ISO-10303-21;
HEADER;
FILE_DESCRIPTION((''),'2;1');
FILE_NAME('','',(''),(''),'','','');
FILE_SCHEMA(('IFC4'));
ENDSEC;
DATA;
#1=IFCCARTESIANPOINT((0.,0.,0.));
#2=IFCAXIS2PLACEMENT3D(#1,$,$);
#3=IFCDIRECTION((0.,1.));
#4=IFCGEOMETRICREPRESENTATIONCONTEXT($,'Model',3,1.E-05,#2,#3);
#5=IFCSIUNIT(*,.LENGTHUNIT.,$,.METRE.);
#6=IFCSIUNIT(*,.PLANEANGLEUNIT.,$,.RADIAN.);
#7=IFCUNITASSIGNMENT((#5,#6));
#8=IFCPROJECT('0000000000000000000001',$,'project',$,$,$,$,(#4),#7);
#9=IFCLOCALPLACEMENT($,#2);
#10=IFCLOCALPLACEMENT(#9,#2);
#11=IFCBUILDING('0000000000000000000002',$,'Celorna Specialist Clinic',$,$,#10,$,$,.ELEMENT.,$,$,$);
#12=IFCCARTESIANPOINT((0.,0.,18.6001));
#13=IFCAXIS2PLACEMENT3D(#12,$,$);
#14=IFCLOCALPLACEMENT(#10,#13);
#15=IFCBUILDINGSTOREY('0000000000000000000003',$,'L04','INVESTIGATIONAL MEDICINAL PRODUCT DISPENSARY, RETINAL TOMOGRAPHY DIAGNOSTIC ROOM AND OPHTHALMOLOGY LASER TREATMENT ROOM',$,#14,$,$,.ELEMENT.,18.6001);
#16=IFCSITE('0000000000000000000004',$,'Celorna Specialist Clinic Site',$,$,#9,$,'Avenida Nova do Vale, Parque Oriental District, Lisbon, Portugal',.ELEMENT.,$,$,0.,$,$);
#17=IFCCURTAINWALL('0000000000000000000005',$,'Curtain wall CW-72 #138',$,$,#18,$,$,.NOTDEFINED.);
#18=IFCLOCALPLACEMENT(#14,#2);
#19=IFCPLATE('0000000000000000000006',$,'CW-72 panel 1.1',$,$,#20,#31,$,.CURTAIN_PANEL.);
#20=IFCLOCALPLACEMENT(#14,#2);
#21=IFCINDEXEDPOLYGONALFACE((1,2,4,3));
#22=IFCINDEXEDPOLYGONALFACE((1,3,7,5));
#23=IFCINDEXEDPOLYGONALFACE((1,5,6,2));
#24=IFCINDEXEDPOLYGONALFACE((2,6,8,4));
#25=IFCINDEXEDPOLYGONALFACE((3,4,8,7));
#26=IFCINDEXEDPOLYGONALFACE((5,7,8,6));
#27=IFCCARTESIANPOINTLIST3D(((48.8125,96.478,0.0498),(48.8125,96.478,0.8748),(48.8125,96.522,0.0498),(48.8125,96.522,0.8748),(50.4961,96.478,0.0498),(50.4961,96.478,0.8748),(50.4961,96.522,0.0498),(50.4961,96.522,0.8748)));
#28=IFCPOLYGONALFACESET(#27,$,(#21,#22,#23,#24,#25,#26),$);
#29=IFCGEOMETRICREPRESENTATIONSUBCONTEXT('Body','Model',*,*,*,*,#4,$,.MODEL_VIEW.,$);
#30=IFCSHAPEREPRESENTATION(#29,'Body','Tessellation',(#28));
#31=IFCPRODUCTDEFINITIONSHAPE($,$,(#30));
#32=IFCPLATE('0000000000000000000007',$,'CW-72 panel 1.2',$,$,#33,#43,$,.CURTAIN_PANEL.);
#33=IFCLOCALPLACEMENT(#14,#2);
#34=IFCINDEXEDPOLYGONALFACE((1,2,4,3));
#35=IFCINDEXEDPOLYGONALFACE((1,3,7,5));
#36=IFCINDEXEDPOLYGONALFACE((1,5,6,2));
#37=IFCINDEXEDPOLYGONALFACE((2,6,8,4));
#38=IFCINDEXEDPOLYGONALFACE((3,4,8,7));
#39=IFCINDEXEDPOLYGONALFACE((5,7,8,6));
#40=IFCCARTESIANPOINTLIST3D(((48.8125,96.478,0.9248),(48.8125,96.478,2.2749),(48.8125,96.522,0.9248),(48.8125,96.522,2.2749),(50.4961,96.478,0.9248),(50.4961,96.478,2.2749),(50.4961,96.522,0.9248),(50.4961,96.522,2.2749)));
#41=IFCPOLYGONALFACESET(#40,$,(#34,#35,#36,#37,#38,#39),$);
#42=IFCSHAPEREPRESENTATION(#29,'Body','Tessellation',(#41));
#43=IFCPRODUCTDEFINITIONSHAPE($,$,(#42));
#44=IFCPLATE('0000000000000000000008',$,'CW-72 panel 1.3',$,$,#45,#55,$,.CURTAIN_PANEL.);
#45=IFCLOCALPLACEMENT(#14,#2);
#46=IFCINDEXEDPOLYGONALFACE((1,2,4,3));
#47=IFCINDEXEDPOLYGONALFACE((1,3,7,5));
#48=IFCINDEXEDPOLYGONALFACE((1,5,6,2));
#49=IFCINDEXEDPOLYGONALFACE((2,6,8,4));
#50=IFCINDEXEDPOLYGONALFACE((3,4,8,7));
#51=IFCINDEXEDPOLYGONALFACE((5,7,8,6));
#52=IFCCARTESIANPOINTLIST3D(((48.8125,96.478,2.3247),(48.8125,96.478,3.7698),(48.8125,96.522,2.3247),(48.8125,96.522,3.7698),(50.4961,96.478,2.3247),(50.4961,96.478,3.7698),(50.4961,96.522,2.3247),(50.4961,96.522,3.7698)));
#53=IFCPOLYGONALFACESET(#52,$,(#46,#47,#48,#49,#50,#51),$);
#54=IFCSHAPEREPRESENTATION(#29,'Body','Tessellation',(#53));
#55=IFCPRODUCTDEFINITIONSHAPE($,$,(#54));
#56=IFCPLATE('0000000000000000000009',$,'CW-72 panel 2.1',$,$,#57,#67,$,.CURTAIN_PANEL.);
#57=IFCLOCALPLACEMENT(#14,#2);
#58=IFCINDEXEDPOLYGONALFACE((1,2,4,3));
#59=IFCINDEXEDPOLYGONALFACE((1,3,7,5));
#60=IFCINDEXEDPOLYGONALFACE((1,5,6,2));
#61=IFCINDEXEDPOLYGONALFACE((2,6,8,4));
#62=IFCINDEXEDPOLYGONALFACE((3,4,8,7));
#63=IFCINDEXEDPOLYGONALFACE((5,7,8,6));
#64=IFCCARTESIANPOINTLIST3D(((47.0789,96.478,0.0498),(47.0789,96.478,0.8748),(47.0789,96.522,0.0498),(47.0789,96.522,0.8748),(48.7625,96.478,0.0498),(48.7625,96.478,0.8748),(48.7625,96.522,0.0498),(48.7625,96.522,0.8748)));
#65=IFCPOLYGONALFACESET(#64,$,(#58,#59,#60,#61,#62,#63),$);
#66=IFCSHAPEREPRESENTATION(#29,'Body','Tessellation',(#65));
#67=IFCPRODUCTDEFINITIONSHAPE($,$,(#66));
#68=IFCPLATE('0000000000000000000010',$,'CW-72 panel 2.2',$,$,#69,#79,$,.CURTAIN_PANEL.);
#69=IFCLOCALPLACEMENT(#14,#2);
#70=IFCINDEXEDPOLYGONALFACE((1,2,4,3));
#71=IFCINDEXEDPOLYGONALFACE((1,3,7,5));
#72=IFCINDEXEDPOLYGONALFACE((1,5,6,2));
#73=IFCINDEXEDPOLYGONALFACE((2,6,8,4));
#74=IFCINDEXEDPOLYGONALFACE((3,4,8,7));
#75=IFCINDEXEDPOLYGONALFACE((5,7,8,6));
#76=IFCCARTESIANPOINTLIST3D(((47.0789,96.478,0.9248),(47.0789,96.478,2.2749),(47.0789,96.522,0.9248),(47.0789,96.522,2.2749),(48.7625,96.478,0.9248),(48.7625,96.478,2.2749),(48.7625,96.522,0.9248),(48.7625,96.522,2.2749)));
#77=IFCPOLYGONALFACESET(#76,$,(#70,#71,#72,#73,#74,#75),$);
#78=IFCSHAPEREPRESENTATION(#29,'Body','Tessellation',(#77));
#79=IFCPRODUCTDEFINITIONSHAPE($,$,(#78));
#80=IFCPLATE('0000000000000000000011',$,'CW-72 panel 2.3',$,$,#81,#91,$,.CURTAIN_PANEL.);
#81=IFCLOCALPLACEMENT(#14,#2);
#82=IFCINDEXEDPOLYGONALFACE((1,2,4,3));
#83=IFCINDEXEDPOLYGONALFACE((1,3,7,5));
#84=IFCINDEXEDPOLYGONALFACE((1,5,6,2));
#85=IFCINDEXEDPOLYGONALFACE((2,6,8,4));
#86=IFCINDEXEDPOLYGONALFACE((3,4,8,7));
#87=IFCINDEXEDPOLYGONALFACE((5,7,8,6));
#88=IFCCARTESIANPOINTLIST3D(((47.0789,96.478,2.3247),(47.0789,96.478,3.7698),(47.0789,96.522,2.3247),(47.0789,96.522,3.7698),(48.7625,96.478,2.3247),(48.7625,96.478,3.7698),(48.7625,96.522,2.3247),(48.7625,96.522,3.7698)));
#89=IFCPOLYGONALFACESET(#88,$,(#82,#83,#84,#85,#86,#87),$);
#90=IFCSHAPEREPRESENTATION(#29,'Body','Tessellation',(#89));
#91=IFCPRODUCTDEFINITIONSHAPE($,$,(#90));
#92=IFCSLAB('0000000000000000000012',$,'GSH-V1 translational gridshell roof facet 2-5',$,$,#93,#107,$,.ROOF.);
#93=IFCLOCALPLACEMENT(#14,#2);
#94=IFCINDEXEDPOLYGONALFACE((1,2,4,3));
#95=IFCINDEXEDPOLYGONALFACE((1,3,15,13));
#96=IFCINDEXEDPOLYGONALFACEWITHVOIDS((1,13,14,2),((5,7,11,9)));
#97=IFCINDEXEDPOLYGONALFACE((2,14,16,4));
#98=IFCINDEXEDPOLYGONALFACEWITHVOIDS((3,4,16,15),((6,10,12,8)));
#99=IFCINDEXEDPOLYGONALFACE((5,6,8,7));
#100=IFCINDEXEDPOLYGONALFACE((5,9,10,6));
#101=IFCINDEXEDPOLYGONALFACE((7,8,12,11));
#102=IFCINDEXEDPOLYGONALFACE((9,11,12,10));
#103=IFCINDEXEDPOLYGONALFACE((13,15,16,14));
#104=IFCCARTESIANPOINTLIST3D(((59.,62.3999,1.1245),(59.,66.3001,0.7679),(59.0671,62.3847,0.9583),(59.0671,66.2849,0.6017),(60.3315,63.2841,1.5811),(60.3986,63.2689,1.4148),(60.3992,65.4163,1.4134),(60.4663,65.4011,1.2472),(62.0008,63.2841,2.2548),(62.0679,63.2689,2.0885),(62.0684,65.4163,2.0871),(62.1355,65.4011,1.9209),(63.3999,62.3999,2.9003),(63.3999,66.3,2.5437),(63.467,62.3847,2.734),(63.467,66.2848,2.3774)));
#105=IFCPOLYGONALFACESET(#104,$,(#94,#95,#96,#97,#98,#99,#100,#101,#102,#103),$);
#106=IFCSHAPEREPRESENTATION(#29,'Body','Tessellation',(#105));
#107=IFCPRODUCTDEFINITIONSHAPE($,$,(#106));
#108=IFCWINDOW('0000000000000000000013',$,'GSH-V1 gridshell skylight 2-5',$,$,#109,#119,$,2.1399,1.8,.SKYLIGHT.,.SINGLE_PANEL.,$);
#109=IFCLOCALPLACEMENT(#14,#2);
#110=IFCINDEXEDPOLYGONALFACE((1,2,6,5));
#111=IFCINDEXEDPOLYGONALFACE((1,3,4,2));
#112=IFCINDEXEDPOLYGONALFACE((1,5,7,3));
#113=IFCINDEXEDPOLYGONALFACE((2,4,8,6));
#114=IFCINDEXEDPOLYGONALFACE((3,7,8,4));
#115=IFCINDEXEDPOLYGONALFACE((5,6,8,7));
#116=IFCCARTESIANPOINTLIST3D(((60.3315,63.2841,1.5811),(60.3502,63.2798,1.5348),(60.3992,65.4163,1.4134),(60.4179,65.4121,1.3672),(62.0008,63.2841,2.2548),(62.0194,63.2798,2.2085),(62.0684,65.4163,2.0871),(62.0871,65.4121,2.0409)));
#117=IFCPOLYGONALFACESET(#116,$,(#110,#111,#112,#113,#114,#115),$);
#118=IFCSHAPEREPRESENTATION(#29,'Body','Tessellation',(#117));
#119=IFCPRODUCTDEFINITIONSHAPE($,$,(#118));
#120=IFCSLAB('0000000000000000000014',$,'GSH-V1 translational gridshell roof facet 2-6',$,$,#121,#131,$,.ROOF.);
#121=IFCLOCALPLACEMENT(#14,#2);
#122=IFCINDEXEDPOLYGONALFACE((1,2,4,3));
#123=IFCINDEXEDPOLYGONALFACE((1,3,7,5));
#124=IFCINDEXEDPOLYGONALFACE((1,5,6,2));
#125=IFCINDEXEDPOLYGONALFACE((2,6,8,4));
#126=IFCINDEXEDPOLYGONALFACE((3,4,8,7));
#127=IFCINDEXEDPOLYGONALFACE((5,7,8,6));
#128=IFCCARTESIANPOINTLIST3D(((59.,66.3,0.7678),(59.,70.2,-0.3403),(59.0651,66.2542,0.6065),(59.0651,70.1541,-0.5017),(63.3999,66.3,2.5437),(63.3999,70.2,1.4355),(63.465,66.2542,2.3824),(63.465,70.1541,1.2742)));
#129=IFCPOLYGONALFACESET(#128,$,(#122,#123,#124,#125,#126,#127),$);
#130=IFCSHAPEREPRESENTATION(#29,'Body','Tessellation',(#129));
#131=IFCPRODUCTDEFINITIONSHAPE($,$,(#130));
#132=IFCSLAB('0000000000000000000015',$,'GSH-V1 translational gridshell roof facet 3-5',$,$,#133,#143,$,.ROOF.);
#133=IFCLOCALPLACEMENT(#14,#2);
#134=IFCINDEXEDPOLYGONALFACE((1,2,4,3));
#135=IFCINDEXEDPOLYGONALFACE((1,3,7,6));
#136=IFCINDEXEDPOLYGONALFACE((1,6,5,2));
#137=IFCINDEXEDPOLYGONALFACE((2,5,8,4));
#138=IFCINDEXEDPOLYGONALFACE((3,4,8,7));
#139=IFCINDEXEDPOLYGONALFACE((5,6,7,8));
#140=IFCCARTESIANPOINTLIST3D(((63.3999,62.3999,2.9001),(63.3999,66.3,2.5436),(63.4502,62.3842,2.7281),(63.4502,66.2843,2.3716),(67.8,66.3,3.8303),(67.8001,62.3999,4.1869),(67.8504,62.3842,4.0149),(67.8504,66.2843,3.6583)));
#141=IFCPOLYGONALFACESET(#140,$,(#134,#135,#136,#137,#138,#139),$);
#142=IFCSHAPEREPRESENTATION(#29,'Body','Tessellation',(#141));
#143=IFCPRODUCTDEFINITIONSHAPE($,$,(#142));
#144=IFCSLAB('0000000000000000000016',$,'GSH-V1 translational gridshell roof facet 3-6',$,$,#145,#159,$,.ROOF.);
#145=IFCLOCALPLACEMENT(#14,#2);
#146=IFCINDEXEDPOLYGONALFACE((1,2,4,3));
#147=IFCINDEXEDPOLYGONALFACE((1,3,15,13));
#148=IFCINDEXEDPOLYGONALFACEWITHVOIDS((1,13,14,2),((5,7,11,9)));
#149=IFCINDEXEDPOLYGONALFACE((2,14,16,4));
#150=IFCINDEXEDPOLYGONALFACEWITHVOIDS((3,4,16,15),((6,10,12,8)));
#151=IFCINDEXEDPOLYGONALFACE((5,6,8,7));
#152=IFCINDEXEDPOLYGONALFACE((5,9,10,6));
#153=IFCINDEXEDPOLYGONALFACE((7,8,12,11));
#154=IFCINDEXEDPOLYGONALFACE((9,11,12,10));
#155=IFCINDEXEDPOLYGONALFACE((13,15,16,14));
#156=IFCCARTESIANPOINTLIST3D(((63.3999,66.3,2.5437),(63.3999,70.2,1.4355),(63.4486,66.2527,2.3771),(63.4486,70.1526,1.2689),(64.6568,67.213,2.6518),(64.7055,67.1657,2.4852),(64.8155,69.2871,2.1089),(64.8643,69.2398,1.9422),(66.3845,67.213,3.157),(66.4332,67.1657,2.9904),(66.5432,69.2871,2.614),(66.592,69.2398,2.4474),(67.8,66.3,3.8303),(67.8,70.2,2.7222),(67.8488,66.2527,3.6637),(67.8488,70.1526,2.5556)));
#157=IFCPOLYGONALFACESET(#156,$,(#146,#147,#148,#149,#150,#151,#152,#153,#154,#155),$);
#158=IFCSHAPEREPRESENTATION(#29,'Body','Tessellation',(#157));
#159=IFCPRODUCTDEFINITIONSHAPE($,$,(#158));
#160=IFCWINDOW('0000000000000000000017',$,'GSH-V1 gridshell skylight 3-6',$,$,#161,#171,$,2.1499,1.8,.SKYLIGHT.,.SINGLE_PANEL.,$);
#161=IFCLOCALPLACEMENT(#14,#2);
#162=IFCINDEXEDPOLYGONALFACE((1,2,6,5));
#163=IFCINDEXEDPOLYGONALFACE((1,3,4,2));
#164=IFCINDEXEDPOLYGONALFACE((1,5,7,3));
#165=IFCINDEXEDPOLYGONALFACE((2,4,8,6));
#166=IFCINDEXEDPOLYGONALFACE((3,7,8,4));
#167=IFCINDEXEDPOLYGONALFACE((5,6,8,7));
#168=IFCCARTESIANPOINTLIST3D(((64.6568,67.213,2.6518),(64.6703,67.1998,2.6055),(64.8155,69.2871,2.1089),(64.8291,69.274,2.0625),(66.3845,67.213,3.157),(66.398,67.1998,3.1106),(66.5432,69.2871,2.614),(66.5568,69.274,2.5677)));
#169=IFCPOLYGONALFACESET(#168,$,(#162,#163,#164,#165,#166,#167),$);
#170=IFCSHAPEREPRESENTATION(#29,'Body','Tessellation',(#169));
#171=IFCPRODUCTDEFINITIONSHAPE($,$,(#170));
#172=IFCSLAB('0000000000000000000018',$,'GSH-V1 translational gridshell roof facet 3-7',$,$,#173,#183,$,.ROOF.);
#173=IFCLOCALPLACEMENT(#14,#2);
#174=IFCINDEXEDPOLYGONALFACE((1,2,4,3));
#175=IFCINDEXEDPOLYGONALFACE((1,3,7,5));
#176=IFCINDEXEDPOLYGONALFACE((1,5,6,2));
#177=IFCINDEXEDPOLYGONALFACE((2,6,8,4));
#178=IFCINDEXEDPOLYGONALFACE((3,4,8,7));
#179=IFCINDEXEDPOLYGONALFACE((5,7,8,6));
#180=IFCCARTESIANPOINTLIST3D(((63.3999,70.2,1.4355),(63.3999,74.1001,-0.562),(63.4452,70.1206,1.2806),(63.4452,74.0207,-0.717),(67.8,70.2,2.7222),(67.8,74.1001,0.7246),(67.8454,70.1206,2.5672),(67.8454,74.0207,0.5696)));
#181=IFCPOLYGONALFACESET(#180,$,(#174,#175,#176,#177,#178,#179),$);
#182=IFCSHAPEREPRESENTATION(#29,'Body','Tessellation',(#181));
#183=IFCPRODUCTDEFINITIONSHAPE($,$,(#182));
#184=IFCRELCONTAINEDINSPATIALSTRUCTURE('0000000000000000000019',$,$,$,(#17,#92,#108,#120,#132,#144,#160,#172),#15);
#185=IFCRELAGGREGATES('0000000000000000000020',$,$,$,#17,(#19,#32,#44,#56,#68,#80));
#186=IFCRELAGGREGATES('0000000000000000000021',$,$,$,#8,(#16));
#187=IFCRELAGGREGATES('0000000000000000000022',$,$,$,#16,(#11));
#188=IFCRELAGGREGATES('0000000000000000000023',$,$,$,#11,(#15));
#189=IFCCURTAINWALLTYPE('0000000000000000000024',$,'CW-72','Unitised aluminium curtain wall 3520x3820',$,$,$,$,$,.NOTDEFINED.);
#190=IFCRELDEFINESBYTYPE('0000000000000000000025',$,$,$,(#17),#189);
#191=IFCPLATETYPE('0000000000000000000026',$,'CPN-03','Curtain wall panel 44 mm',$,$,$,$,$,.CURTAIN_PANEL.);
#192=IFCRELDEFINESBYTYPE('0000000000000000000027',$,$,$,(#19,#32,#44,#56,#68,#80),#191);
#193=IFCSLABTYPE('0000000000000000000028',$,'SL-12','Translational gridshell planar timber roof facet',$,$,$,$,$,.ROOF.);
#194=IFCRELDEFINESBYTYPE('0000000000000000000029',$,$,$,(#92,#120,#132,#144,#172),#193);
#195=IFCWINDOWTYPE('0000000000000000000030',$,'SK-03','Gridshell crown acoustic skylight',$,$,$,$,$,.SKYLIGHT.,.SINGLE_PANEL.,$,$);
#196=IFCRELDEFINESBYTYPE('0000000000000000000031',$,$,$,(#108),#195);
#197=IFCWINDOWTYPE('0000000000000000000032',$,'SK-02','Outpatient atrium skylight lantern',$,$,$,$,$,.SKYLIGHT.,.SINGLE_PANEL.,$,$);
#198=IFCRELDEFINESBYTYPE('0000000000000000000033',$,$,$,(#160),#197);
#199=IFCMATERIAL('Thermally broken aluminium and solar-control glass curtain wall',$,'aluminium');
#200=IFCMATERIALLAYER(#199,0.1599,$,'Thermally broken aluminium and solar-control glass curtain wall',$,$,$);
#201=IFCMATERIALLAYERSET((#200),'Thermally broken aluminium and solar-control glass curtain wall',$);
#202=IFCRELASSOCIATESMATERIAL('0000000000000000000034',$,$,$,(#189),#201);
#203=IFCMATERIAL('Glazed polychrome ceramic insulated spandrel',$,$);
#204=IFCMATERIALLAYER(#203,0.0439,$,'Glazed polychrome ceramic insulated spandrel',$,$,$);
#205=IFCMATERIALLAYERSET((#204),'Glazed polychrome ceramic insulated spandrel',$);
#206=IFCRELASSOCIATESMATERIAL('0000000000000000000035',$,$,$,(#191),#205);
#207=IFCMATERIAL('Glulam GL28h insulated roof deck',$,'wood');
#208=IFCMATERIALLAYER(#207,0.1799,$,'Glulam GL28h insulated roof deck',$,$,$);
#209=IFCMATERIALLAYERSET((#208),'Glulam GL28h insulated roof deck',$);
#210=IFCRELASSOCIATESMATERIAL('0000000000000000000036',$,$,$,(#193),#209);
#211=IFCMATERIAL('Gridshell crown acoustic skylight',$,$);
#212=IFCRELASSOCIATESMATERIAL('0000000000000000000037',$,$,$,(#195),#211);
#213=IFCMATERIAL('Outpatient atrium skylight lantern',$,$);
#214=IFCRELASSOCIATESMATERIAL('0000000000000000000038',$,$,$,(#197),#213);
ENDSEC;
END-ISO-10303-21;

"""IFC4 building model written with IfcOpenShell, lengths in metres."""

from ifc_helpers import new_model, si_unit, direction, frame, origin, origin_2d, place, context, subcontext, project, spatial, polyline, rectangle, outline, extrude, material, layer, layer_set, type_object, element, fill, aggregate, save


model = new_model("IFC4")

# Units and contexts
model_context = context("Model", 3, precision=1e-05, world=origin(), true_north=direction((0.0, 1.0)))
body_context = subcontext(model_context, "Body", "Model", "MODEL_VIEW")
ifc_project = project(units=[si_unit("LENGTHUNIT", "METRE"), si_unit("PLANEANGLEUNIT", "RADIAN")], contexts=[model_context])

# Site, building, storey
site_placement = place(None, origin())
site = spatial("IfcSite", under=ifc_project, at=site_placement, Name="Celorna Specialist Clinic Site", LongName="Avenida Nova do Vale, Parque Oriental District, Lisbon, Portugal", CompositionType="ELEMENT", RefElevation=0.0)
building_placement = place(site_placement, origin())
building = spatial("IfcBuilding", under=site, at=building_placement, Name="Celorna Specialist Clinic", CompositionType="ELEMENT")
storey_placement = place(building_placement, frame((0.0, 0.0, 18.6001)))
storey = spatial("IfcBuildingStorey", under=building, at=storey_placement, Name="L04", Description="INVESTIGATIONAL MEDICINAL PRODUCT DISPENSARY, RETINAL TOMOGRAPHY DIAGNOSTIC ROOM AND OPHTHALMOLOGY LASER TREATMENT ROOM", CompositionType="ELEMENT", Elevation=18.6001)

# Curtain wall, plates
ifc_material_1 = material(Name="Thermally broken aluminium and solar-control glass curtain wall", Category="aluminium")
ifc_layer_1 = layer(ifc_material_1, 0.1599, Name="Thermally broken aluminium and solar-control glass curtain wall")
ifc_layer_set_1 = layer_set([ifc_layer_1], Name="Thermally broken aluminium and solar-control glass curtain wall")
curtain_wall_type = type_object("IfcCurtainWallType", Name="CW-72", Description="Unitised aluminium curtain wall 3520x3820", PredefinedType="NOTDEFINED", material=ifc_layer_set_1)
curtain_wall_placement = place(storey_placement, origin())
curtain_wall = element("IfcCurtainWall", 1, at=curtain_wall_placement, inside=storey, type_object=curtain_wall_type, Name="Curtain wall CW-72 #138", PredefinedType="NOTDEFINED")
ifc_material_2 = material(Name="Glazed polychrome ceramic insulated spandrel")
ifc_layer_2 = layer(ifc_material_2, 0.0439, Name="Glazed polychrome ceramic insulated spandrel")
ifc_layer_set_2 = layer_set([ifc_layer_2], Name="Glazed polychrome ceramic insulated spandrel")
plate_type = type_object("IfcPlateType", Name="CPN-03", Description="Curtain wall panel 44 mm", PredefinedType="CURTAIN_PANEL", material=ifc_layer_set_2)
plate_1_placement = place(storey_placement, frame((49.6543, 96.5, 0.0498), z_axis=(0.0, 0.0, 1.0), x_axis=(-1.0, 0.0, 0.0)))
plate_1 = element("IfcPlate", 2, at=plate_1_placement, type_object=plate_type, Name="CW-72 panel 1.1", PredefinedType="CURTAIN_PANEL", context=body_context, shape_type="SweptSolid", body=[
    extrude(rectangle(XDim=1.6836, YDim=0.0439, at=origin_2d()), origin(), (0.0, 0.0, 1.0), 0.825),
])
plate_2_placement = place(storey_placement, frame((49.6543, 96.5, 0.9248), z_axis=(0.0, 0.0, 1.0), x_axis=(-1.0, 0.0, 0.0)))
plate_2 = element("IfcPlate", 3, at=plate_2_placement, type_object=plate_type, Name="CW-72 panel 1.2", PredefinedType="CURTAIN_PANEL", context=body_context, shape_type="SweptSolid", body=[
    extrude(rectangle(XDim=1.6836, YDim=0.0439, at=origin_2d()), origin(), (0.0, 0.0, 1.0), 1.3501),
])
plate_3_placement = place(storey_placement, frame((49.6543, 96.5, 2.3247), z_axis=(0.0, 0.0, 1.0), x_axis=(-1.0, 0.0, 0.0)))
plate_3 = element("IfcPlate", 4, at=plate_3_placement, type_object=plate_type, Name="CW-72 panel 1.3", PredefinedType="CURTAIN_PANEL", context=body_context, shape_type="SweptSolid", body=[
    extrude(rectangle(XDim=1.6836, YDim=0.0439, at=origin_2d()), origin(), (0.0, 0.0, 1.0), 1.4451),
])
plate_4_placement = place(storey_placement, frame((47.9207, 96.5, 0.0498), z_axis=(0.0, 0.0, 1.0), x_axis=(-1.0, 0.0, 0.0)))
plate_4 = element("IfcPlate", 5, at=plate_4_placement, type_object=plate_type, Name="CW-72 panel 2.1", PredefinedType="CURTAIN_PANEL", context=body_context, shape_type="SweptSolid", body=[
    extrude(rectangle(XDim=1.6836, YDim=0.0439, at=origin_2d()), origin(), (0.0, 0.0, 1.0), 0.825),
])
plate_5_placement = place(storey_placement, frame((47.9207, 96.5, 0.9248), z_axis=(0.0, 0.0, 1.0), x_axis=(-1.0, 0.0, 0.0)))
plate_5 = element("IfcPlate", 6, at=plate_5_placement, type_object=plate_type, Name="CW-72 panel 2.2", PredefinedType="CURTAIN_PANEL", context=body_context, shape_type="SweptSolid", body=[
    extrude(rectangle(XDim=1.6836, YDim=0.0439, at=origin_2d()), origin(), (0.0, 0.0, 1.0), 1.3501),
])
plate_6_placement = place(storey_placement, frame((47.9207, 96.5, 2.3247), z_axis=(0.0, 0.0, 1.0), x_axis=(-1.0, 0.0, 0.0)))
plate_6 = element("IfcPlate", 7, at=plate_6_placement, type_object=plate_type, Name="CW-72 panel 2.3", PredefinedType="CURTAIN_PANEL", context=body_context, shape_type="SweptSolid", body=[
    extrude(rectangle(XDim=1.6836, YDim=0.0439, at=origin_2d()), origin(), (0.0, 0.0, 1.0), 1.4451),
])
aggregate(curtain_wall, [plate_1, plate_2, plate_3, plate_4, plate_5, plate_6])

# Slab, opening, window
ifc_material_3 = material(Name="Glulam GL28h insulated roof deck", Category="wood")
ifc_layer_3 = layer(ifc_material_3, 0.1799, Name="Glulam GL28h insulated roof deck")
ifc_layer_set_3 = layer_set([ifc_layer_3], Name="Glulam GL28h insulated roof deck")
slab_type = type_object("IfcSlabType", Name="SL-12", Description="Translational gridshell planar timber roof facet", PredefinedType="ROOF", material=ifc_layer_set_3)
slab_1_placement = place(storey_placement, frame((59.0, 62.3999, 1.1245), z_axis=(-0.372921, 0.084477, 0.92401), x_axis=(0.927324, 0.000002, 0.374259)))
slab_1 = element("IfcSlab", 8, at=slab_1_placement, inside=storey, type_object=slab_type, Name="GSH-V1 translational gridshell roof facet 2-5", PredefinedType="ROOF", context=body_context, shape_type="SweptSolid", body=[
    extrude(outline(polyline([(0.0, 0.0), (4.7447, 0.0), (4.6113, 3.9141), (-0.1335, 3.9141), (0.0, 0.0)])), origin(), (0.0, 0.0, -1.0), 0.1799),
])
opening_1_placement = place(slab_1_placement, frame((2.3057, 1.9573, 0.01)))
opening_1 = element("IfcOpeningElement", 9, at=opening_1_placement, cuts=slab_1, PredefinedType="OPENING", context=body_context, shape_type="SweptSolid", body=[
    extrude(rectangle(XDim=1.8, YDim=2.1399, at=origin_2d()), origin(), (0.0, 0.0, -1.0), 0.2),
])
ifc_material_4 = material(Name="Gridshell crown acoustic skylight")
window_type_1 = type_object("IfcWindowType", Name="SK-03", Description="Gridshell crown acoustic skylight", PartitioningType="SINGLE_PANEL", PredefinedType="SKYLIGHT", material=ifc_material_4)
window_1_placement = place(opening_1_placement, frame((0.0, 0.0, -0.01)))
window_1 = element("IfcWindow", 10, at=window_1_placement, inside=storey, type_object=window_type_1, Name="GSH-V1 gridshell skylight 2-5", OverallHeight=2.1399, OverallWidth=1.8, PartitioningType="SINGLE_PANEL", PredefinedType="SKYLIGHT", context=body_context, shape_type="SweptSolid", body=[
    extrude(rectangle(XDim=1.8, YDim=2.1399, at=origin_2d()), origin(), (0.0, 0.0, -1.0), 0.05),
])
fill(opening_1, window_1)

# Slabs
slab_2_placement = place(storey_placement, frame((59.0, 66.3, 0.7678), z_axis=(-0.361927, 0.254799, 0.896708), x_axis=(0.927315, 0.0, 0.374281)))
element("IfcSlab", 11, at=slab_2_placement, inside=storey, type_object=slab_type, Name="GSH-V1 translational gridshell roof facet 2-6", PredefinedType="ROOF", context=body_context, shape_type="SweptSolid", body=[
    extrude(outline(polyline([(0.0, 0.0), (4.7448, 0.0), (4.33, 4.033), (-0.4148, 4.033), (0.0, 0.0)])), origin(), (0.0, 0.0, -1.0), 0.1799),
])
slab_3_placement = place(storey_placement, frame((63.3999, 62.3999, 2.9001), z_axis=(-0.279602, 0.087413, 0.956128), x_axis=(0.959802, -0.000002, 0.280677)))
element("IfcSlab", 12, at=slab_3_placement, inside=storey, type_object=slab_type, Name="GSH-V1 translational gridshell roof facet 3-5", PredefinedType="ROOF", context=body_context, shape_type="SweptSolid", body=[
    extrude(outline(polyline([(0.0, 0.0), (4.5845, 0.0), (4.4843, 3.9151), (-0.1001, 3.9151), (0.0, 0.0)])), origin(), (0.0, 0.0, -1.0), 0.1799),
])

# Slab, opening, window
slab_4_placement = place(storey_placement, frame((63.3999, 66.3, 2.5437), z_axis=(-0.270763, 0.263119, 0.925989), x_axis=(0.95981, 0.0, 0.280652)))
slab_4 = element("IfcSlab", 13, at=slab_4_placement, inside=storey, type_object=slab_type, Name="GSH-V1 translational gridshell roof facet 3-6", PredefinedType="ROOF", context=body_context, shape_type="SweptSolid", body=[
    extrude(outline(polyline([(0.0, 0.0), (4.5844, 0.0), (4.2734, 4.0423), (-0.311, 4.0423), (0.0, 0.0)])), origin(), (0.0, 0.0, -1.0), 0.1799),
])
opening_2_placement = place(slab_4_placement, frame((2.1367, 2.0212, 0.01)))
opening_2 = element("IfcOpeningElement", 14, at=opening_2_placement, cuts=slab_4, PredefinedType="OPENING", context=body_context, shape_type="SweptSolid", body=[
    extrude(rectangle(XDim=1.8, YDim=2.1499, at=origin_2d()), origin(), (0.0, 0.0, -1.0), 0.2),
])
ifc_material_5 = material(Name="Outpatient atrium skylight lantern")
window_type_2 = type_object("IfcWindowType", Name="SK-02", Description="Outpatient atrium skylight lantern", PartitioningType="SINGLE_PANEL", PredefinedType="SKYLIGHT", material=ifc_material_5)
window_2_placement = place(opening_2_placement, frame((0.0, 0.0, -0.01)))
window_2 = element("IfcWindow", 15, at=window_2_placement, inside=storey, type_object=window_type_2, Name="GSH-V1 gridshell skylight 3-6", OverallHeight=2.1499, OverallWidth=1.8, PartitioningType="SINGLE_PANEL", PredefinedType="SKYLIGHT", context=body_context, shape_type="SweptSolid", body=[
    extrude(rectangle(XDim=1.8, YDim=2.1499, at=origin_2d()), origin(), (0.0, 0.0, -1.0), 0.05),
])
fill(opening_2, window_2)

# Slab
slab_5_placement = place(storey_placement, frame((63.3999, 70.2, 1.4355), z_axis=(-0.251865, 0.441166, 0.861358), x_axis=(0.95981, 0.0, 0.280652)))
element("IfcSlab", 16, at=slab_5_placement, inside=storey, type_object=slab_type, Name="GSH-V1 translational gridshell roof facet 3-7", PredefinedType="ROOF", context=body_context, shape_type="SweptSolid", body=[
    extrude(outline(polyline([(0.0, 0.0), (4.5844, 0.0), (4.0238, 4.3459), (-0.5606, 4.3459), (0.0, 0.0)])), origin(), (0.0, 0.0, -1.0), 0.1799),
])

save(model, "model.ifc")
